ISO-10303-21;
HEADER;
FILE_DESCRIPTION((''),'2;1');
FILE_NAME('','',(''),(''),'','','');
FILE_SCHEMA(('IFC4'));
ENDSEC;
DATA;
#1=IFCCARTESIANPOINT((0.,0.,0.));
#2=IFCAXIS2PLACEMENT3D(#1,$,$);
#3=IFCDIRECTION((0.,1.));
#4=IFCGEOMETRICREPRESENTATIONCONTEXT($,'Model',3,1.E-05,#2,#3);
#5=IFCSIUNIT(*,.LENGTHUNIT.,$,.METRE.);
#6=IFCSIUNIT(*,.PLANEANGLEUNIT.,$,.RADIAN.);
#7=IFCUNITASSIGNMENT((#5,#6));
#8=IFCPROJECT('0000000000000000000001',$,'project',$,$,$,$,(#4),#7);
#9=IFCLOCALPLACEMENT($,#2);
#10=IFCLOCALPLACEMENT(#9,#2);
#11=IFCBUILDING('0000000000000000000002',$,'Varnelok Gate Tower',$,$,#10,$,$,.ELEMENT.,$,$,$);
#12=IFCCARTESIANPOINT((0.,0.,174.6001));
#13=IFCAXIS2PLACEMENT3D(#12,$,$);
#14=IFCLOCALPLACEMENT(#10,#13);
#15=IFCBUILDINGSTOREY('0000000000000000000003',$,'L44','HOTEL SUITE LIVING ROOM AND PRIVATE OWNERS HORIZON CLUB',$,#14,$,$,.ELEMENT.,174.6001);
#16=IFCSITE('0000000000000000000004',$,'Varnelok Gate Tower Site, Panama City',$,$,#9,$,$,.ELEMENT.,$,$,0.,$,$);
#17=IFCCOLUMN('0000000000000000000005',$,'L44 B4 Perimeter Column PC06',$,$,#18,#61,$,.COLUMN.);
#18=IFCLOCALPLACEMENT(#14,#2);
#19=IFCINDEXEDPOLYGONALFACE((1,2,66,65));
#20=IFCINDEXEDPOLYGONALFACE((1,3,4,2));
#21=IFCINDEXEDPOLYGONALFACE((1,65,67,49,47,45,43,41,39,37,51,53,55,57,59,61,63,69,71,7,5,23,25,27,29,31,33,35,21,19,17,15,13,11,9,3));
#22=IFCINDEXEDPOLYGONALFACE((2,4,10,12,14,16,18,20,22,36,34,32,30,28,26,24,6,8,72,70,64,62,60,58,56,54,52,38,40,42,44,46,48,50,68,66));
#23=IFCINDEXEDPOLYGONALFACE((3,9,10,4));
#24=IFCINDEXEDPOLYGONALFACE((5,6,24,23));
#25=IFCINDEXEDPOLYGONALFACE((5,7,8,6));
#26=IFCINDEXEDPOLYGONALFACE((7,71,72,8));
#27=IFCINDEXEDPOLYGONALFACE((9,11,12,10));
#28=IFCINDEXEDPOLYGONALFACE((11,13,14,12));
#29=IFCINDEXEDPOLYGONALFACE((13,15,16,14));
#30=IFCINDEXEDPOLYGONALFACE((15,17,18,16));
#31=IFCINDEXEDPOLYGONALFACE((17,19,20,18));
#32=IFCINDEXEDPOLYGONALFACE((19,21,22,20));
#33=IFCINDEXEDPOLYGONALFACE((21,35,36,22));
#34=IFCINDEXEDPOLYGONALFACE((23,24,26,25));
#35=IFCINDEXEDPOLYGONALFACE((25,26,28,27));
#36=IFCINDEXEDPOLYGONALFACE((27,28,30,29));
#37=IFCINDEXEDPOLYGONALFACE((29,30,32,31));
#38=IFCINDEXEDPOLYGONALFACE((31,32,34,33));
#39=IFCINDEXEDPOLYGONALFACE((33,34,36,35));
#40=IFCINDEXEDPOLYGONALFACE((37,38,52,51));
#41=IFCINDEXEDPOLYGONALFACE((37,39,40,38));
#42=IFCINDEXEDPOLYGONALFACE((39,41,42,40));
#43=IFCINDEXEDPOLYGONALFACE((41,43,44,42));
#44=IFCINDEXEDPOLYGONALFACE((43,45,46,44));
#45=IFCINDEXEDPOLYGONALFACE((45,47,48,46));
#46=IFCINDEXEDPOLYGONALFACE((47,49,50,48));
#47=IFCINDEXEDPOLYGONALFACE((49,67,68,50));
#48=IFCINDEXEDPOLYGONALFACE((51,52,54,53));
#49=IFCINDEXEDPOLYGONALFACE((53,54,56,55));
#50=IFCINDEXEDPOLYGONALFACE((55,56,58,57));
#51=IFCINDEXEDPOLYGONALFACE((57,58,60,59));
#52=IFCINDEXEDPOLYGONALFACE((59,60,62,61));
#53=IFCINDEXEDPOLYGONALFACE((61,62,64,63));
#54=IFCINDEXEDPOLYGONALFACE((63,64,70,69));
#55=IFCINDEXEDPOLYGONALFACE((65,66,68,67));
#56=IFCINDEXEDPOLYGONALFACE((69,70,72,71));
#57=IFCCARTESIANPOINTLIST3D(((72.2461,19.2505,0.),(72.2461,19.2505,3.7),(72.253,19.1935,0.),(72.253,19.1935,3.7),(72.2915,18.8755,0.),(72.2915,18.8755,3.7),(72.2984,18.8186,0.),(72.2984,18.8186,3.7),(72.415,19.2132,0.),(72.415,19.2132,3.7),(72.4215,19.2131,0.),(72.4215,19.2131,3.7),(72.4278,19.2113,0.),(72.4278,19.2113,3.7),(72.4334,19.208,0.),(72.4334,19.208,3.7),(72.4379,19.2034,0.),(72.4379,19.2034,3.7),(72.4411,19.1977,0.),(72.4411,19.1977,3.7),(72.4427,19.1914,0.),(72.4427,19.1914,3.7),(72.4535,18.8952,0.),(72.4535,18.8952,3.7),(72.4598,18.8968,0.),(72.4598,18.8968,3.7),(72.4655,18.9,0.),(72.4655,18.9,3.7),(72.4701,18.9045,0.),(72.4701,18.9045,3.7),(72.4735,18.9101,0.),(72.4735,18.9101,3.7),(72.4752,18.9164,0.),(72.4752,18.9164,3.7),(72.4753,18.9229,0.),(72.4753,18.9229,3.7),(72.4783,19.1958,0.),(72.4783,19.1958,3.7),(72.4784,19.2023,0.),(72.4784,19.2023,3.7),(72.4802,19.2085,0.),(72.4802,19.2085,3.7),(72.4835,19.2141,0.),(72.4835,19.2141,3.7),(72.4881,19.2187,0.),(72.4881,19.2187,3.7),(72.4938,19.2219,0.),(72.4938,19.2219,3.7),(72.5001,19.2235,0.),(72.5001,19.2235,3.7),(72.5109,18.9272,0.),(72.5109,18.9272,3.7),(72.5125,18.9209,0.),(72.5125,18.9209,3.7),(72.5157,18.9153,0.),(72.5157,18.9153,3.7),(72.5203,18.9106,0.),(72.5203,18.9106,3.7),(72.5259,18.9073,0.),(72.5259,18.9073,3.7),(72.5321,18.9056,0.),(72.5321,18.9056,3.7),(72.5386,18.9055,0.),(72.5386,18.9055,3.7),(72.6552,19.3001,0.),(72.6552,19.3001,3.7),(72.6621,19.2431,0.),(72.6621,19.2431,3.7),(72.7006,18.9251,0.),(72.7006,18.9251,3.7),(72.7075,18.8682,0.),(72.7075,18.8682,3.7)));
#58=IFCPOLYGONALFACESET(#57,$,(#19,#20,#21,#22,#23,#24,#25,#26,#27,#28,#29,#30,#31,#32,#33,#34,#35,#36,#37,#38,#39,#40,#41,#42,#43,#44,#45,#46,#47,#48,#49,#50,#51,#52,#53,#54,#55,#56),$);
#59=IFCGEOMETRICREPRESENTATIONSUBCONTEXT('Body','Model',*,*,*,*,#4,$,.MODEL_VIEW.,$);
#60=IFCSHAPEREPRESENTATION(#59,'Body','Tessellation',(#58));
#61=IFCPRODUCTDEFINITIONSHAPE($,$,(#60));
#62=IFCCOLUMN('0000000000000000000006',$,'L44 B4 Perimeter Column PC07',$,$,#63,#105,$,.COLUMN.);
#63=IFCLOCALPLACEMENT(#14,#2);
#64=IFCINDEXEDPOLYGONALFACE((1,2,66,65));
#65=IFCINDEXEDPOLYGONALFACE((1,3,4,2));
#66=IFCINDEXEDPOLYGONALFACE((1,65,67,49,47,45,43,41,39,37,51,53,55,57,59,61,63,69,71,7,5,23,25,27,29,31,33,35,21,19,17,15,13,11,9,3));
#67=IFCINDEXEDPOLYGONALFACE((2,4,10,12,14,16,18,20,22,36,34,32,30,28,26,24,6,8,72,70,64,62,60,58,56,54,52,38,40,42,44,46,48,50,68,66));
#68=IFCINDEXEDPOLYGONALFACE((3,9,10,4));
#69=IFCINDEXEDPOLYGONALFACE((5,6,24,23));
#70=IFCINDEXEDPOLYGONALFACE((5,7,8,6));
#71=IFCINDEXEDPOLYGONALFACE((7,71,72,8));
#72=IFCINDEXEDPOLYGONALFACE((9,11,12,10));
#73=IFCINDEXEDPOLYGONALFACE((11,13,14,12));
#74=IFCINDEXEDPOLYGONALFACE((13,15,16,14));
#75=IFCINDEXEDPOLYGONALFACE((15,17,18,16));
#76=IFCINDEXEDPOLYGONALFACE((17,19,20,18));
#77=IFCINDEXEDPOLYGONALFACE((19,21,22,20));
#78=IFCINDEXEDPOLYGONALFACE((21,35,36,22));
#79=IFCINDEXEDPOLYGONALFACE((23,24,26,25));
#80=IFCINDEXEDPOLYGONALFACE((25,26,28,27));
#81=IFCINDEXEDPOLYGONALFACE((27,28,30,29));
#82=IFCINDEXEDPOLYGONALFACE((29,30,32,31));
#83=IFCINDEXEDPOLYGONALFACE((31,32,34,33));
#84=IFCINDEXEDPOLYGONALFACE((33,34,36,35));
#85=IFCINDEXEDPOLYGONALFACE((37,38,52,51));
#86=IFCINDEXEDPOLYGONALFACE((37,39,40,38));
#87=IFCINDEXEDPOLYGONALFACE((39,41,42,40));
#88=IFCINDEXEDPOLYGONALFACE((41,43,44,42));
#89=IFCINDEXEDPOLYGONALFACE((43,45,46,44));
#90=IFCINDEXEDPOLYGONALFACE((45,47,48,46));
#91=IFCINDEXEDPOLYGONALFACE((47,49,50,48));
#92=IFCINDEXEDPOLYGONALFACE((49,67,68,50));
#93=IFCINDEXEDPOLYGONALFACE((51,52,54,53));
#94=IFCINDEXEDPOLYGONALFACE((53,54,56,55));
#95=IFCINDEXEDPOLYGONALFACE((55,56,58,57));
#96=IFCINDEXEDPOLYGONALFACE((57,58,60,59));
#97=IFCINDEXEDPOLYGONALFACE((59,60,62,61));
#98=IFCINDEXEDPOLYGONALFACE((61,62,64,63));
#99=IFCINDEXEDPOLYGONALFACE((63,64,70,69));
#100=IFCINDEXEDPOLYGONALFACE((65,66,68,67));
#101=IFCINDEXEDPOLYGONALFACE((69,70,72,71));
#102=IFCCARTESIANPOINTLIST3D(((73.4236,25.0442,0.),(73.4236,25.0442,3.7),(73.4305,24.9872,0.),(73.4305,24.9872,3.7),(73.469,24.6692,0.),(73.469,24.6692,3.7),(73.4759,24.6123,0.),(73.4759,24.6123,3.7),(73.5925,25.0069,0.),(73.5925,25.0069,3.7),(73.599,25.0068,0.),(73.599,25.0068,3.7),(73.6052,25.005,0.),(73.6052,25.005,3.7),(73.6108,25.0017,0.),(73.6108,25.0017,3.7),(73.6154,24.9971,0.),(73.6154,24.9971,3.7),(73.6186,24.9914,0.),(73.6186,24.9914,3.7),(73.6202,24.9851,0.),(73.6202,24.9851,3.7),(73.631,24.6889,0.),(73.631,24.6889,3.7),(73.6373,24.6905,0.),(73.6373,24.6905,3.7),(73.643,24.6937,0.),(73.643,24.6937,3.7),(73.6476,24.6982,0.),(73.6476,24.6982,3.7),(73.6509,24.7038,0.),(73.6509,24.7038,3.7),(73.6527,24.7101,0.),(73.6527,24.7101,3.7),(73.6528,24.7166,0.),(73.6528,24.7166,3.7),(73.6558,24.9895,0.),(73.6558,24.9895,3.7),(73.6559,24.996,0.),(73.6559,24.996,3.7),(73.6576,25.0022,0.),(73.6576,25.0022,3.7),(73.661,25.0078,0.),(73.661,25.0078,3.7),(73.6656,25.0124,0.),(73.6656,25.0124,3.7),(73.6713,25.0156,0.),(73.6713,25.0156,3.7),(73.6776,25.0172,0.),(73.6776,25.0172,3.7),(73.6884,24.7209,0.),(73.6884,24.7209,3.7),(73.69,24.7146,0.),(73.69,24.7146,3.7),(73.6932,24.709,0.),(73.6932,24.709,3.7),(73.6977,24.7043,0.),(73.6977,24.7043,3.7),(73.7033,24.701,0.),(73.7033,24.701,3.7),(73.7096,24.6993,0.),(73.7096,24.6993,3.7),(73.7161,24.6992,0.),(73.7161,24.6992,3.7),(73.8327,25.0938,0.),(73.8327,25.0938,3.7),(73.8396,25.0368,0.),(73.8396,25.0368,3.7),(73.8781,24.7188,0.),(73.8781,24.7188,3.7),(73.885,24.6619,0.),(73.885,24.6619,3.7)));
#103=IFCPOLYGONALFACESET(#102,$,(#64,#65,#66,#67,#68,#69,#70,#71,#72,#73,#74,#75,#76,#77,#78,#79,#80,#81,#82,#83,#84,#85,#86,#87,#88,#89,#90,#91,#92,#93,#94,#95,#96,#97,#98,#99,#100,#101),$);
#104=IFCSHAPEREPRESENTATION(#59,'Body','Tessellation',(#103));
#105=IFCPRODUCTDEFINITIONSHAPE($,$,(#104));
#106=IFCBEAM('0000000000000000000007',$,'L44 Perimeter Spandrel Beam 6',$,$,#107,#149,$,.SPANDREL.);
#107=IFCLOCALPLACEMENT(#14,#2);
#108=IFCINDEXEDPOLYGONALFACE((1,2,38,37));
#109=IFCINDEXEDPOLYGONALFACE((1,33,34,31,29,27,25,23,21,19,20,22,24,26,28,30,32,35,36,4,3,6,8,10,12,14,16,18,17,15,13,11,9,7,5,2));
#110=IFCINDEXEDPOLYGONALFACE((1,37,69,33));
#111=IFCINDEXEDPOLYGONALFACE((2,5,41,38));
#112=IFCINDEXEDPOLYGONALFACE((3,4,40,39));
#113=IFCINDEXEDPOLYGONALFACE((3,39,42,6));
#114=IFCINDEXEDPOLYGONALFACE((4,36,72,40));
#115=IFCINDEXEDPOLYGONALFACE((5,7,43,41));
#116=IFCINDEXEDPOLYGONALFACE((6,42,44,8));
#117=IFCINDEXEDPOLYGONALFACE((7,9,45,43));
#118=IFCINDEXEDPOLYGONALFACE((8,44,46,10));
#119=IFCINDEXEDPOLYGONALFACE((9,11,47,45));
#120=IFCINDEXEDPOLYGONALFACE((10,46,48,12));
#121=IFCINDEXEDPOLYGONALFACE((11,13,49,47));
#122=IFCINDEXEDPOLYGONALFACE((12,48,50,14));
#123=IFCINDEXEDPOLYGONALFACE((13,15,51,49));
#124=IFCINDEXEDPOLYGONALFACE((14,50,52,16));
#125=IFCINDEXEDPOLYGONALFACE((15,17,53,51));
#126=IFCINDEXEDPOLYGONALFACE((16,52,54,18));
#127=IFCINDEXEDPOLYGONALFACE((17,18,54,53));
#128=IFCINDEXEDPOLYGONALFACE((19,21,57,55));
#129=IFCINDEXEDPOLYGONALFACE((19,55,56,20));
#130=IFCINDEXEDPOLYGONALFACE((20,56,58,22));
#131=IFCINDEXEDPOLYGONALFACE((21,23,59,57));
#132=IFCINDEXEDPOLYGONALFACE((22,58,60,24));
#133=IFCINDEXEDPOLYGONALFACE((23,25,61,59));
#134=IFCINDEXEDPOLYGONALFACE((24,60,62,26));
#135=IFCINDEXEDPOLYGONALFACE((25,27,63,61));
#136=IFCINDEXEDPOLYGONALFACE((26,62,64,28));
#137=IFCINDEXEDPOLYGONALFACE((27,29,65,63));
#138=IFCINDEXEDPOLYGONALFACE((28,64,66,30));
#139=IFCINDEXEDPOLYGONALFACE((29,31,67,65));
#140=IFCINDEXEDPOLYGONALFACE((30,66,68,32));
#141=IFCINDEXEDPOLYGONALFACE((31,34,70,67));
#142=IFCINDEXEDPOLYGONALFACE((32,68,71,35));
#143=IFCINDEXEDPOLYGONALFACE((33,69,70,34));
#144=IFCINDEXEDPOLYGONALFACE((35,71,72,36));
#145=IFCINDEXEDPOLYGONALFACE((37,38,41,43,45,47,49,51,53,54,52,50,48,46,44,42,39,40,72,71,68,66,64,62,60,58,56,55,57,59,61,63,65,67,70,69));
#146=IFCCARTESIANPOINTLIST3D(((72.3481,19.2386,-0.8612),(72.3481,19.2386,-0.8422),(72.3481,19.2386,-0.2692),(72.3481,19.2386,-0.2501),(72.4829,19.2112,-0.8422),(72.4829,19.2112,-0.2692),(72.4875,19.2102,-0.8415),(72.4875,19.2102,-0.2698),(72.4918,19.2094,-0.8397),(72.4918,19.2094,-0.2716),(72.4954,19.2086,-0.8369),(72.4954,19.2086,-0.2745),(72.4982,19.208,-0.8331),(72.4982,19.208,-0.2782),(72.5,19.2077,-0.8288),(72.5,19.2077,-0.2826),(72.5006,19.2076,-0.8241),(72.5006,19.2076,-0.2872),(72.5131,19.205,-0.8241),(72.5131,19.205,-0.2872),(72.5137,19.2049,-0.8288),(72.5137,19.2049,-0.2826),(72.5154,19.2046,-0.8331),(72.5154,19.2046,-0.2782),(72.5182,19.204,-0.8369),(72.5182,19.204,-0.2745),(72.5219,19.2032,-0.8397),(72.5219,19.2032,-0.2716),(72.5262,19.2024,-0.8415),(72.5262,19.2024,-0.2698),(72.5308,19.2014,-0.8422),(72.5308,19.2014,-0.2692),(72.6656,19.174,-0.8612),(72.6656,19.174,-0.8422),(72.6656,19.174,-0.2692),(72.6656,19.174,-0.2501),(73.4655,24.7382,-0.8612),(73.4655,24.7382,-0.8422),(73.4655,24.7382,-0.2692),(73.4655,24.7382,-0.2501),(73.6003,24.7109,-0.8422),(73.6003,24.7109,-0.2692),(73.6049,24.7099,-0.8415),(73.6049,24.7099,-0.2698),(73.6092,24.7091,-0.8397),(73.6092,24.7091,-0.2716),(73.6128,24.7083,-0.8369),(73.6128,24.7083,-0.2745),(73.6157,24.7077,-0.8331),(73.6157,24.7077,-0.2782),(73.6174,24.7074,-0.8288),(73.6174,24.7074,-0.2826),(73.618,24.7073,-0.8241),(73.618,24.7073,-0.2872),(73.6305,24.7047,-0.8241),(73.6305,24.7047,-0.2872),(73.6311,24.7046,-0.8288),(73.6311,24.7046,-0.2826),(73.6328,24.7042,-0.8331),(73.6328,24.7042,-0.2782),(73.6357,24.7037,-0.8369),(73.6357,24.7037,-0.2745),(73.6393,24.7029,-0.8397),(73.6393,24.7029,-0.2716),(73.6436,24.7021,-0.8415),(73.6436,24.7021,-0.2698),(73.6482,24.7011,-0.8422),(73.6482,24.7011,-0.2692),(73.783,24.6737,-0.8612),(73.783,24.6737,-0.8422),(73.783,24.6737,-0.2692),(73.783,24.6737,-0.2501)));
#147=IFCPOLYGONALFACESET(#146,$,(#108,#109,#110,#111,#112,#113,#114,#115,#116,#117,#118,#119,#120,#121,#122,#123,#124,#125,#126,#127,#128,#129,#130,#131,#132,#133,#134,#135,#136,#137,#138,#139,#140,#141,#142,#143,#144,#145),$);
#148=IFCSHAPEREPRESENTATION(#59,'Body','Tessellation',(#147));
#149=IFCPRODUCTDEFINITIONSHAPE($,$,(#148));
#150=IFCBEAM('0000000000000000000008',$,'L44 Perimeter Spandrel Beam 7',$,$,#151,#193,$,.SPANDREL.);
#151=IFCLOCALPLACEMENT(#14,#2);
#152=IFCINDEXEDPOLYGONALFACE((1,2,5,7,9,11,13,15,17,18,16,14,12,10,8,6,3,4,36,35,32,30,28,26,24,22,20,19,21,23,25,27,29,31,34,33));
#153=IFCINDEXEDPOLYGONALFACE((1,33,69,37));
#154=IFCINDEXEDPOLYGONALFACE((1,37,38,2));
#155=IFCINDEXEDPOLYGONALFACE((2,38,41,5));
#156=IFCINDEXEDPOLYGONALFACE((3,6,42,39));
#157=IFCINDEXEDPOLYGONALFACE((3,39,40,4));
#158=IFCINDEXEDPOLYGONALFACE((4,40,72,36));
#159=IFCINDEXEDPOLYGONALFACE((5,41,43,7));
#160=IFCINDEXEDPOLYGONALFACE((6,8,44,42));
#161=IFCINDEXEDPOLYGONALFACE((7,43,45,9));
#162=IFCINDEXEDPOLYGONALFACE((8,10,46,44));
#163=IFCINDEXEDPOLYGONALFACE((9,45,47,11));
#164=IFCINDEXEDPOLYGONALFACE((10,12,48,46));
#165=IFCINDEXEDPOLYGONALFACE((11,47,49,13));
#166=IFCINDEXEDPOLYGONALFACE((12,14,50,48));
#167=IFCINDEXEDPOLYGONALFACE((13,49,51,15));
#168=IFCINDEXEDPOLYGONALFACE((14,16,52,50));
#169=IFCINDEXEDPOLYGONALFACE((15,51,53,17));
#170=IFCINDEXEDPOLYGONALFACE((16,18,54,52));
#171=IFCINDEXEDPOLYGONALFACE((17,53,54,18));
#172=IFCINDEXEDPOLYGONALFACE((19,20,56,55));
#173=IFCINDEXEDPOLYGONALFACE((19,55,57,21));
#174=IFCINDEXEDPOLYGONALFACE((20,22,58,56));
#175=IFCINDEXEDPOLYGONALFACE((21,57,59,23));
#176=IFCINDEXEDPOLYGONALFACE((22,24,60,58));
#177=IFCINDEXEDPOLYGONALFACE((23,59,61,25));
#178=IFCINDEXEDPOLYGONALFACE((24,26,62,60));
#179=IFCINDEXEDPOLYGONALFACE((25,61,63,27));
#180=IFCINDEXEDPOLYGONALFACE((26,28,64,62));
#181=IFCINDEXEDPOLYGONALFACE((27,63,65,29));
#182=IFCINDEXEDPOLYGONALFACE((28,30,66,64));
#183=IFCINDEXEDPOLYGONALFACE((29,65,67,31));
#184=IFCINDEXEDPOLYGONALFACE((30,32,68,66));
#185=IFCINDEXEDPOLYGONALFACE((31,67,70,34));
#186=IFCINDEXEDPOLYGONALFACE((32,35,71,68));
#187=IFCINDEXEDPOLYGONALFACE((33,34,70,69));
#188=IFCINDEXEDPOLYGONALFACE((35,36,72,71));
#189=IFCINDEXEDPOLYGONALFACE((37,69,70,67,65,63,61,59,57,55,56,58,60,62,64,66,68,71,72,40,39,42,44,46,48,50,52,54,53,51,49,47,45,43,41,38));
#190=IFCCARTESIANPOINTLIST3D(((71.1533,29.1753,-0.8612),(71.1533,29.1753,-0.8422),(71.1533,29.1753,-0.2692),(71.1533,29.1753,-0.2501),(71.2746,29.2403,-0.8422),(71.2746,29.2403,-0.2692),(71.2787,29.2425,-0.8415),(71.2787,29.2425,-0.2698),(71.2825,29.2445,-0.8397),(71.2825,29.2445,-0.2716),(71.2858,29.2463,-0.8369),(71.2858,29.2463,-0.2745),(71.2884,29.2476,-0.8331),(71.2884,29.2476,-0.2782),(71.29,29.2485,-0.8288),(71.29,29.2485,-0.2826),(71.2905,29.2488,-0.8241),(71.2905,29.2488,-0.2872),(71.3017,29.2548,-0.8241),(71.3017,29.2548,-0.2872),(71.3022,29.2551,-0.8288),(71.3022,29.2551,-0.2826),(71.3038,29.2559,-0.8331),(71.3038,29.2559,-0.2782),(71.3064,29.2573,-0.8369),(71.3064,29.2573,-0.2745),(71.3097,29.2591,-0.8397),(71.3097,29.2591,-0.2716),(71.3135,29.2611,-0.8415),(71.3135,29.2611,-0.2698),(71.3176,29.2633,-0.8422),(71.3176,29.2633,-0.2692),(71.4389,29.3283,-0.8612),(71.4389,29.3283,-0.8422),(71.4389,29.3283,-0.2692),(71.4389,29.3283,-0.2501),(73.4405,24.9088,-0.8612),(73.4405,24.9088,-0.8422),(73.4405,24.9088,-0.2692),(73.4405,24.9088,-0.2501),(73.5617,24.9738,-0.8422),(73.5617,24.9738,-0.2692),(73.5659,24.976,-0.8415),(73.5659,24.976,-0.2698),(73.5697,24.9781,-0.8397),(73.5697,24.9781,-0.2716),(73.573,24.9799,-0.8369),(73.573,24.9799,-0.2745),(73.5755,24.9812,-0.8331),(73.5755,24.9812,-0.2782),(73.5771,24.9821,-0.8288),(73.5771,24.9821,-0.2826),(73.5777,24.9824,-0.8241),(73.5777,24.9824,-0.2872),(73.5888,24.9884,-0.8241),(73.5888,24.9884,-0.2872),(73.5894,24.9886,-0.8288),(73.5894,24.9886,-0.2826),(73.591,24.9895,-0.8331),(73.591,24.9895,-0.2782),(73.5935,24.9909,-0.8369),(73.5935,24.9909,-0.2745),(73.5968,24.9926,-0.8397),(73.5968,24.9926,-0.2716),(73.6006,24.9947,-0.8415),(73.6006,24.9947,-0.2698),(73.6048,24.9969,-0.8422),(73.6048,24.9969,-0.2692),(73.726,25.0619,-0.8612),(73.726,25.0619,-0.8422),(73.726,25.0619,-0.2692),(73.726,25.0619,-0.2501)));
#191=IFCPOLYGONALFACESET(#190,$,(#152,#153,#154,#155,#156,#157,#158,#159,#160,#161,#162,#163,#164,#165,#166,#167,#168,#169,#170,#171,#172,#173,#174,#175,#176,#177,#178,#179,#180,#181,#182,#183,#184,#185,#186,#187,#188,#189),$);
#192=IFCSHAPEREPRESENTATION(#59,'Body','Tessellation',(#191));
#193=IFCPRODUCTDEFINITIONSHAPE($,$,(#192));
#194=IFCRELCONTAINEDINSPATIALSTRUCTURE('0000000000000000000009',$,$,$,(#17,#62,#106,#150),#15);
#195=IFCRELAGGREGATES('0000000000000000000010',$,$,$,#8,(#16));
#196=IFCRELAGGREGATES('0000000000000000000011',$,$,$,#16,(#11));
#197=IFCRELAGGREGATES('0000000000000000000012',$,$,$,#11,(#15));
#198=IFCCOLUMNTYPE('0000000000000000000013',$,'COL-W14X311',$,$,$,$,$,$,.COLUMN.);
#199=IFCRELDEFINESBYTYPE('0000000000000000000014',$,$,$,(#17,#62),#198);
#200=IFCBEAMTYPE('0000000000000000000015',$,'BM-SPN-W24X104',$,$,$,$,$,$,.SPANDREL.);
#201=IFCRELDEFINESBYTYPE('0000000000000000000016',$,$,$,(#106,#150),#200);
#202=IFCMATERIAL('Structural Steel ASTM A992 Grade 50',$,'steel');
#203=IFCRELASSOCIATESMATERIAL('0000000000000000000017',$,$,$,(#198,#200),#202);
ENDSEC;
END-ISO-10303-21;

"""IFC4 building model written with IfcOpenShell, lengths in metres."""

from ifc_helpers import new_model, si_unit, direction, frame, origin, origin_2d, place, context, subcontext, project, spatial, i_section, extrude, material, material_profile, profile_set, type_object, element, save


model = new_model("IFC4")

# Units and contexts
model_context = context("Model", 3, precision=1e-05, world=origin(), true_north=direction((0.0, 1.0)))
body_context = subcontext(model_context, "Body", "Model", "MODEL_VIEW")
ifc_project = project(units=[si_unit("LENGTHUNIT", "METRE"), si_unit("PLANEANGLEUNIT", "RADIAN")], contexts=[model_context])

# Site, building, storey
site_placement = place(None, origin())
site = spatial("IfcSite", under=ifc_project, at=site_placement, Name="Varnelok Gate Tower Site, Panama City", CompositionType="ELEMENT", RefElevation=0.0)
building_placement = place(site_placement, origin())
building = spatial("IfcBuilding", under=site, at=building_placement, Name="Varnelok Gate Tower", CompositionType="ELEMENT")
storey_placement = place(building_placement, frame((0.0, 0.0, 174.6001)))
storey = spatial("IfcBuildingStorey", under=building, at=storey_placement, Name="L44", Description="HOTEL SUITE LIVING ROOM AND PRIVATE OWNERS HORIZON CLUB", CompositionType="ELEMENT", Elevation=174.6001)

# Columns
ifc_material_1 = material(Name="Structural Steel ASTM A992 Grade 50", Category="steel")
ifc_material_profile_1 = material_profile(ifc_material_1, i_section(OverallWidth=0.4121, OverallDepth=0.4351, WebThickness=0.0359, FlangeThickness=0.0574, FilletRadius=0.0249, at=origin_2d()), Name="W14X311")
ifc_profile_set_1 = profile_set([ifc_material_profile_1], Name="Structural Steel ASTM A992 Grade 50")
column_type = type_object("IfcColumnType", Name="COL-W14X311", PredefinedType="COLUMN", material=ifc_profile_set_1)
for number, where, z_axis, x_axis, name in (
    (1, (72.4768, 19.0593, 0.0), (0.0, 0.0, 1.0), (0.992732, 0.120345, 0.0), "L44 B4 Perimeter Column PC06"),
    (2, (73.6543, 24.853, 0.0), (0.0, 0.0, 1.0), (0.992732, 0.120345, 0.0), "L44 B4 Perimeter Column PC07"),
):
    element("IfcColumn", number, at=place(storey_placement, frame(where, z_axis=z_axis, x_axis=x_axis)), inside=storey, type_object=column_type, Name=name, PredefinedType="COLUMN", context=body_context, shape_type="SweptSolid", body=[
        extrude(i_section(OverallWidth=0.4121, OverallDepth=0.4351, WebThickness=0.0359, FlangeThickness=0.0574, FilletRadius=0.0249, at=origin_2d()), origin(), (0.0, 0.0, 1.0), 3.7),
    ])

# Beams
ifc_material_profile_2 = material_profile(ifc_material_1, i_section(OverallWidth=0.324, OverallDepth=0.6111, WebThickness=0.0127, FlangeThickness=0.019, FilletRadius=0.0181, at=origin_2d()), Name="W24X104")
ifc_profile_set_2 = profile_set([ifc_material_profile_2], Name="Structural Steel ASTM A992 Grade 50")
beam_type = type_object("IfcBeamType", Name="BM-SPN-W24X104", PredefinedType="SPANDREL", material=ifc_profile_set_2)
beam_1_placement = place(storey_placement, frame((72.5068, 19.2063, -0.5557), z_axis=(0.19911, 0.979977, 0.0), x_axis=(-0.979977, 0.19911, 0.0)))
element("IfcBeam", 3, at=beam_1_placement, inside=storey, type_object=beam_type, Name="L44 Perimeter Spandrel Beam 6", PredefinedType="SPANDREL", context=body_context, shape_type="SweptSolid", body=[
    extrude(i_section(OverallWidth=0.324, OverallDepth=0.6111, WebThickness=0.0127, FlangeThickness=0.019, FilletRadius=0.0181, at=origin_2d()), origin(), (0.0, 0.0, 1.0), 5.6121),
])
beam_2_placement = place(storey_placement, frame((73.5833, 24.9854, -0.5557), z_axis=(-0.472472, 0.881346, 0.0), x_axis=(-0.881346, -0.472472, 0.0)))
element("IfcBeam", 4, at=beam_2_placement, inside=storey, type_object=beam_type, Name="L44 Perimeter Spandrel Beam 7", PredefinedType="SPANDREL", context=body_context, shape_type="SweptSolid", body=[
    extrude(i_section(OverallWidth=0.324, OverallDepth=0.6111, WebThickness=0.0127, FlangeThickness=0.019, FilletRadius=0.0181, at=origin_2d()), origin(), (0.0, 0.0, 1.0), 4.8408),
])

save(model, "model.ifc")
